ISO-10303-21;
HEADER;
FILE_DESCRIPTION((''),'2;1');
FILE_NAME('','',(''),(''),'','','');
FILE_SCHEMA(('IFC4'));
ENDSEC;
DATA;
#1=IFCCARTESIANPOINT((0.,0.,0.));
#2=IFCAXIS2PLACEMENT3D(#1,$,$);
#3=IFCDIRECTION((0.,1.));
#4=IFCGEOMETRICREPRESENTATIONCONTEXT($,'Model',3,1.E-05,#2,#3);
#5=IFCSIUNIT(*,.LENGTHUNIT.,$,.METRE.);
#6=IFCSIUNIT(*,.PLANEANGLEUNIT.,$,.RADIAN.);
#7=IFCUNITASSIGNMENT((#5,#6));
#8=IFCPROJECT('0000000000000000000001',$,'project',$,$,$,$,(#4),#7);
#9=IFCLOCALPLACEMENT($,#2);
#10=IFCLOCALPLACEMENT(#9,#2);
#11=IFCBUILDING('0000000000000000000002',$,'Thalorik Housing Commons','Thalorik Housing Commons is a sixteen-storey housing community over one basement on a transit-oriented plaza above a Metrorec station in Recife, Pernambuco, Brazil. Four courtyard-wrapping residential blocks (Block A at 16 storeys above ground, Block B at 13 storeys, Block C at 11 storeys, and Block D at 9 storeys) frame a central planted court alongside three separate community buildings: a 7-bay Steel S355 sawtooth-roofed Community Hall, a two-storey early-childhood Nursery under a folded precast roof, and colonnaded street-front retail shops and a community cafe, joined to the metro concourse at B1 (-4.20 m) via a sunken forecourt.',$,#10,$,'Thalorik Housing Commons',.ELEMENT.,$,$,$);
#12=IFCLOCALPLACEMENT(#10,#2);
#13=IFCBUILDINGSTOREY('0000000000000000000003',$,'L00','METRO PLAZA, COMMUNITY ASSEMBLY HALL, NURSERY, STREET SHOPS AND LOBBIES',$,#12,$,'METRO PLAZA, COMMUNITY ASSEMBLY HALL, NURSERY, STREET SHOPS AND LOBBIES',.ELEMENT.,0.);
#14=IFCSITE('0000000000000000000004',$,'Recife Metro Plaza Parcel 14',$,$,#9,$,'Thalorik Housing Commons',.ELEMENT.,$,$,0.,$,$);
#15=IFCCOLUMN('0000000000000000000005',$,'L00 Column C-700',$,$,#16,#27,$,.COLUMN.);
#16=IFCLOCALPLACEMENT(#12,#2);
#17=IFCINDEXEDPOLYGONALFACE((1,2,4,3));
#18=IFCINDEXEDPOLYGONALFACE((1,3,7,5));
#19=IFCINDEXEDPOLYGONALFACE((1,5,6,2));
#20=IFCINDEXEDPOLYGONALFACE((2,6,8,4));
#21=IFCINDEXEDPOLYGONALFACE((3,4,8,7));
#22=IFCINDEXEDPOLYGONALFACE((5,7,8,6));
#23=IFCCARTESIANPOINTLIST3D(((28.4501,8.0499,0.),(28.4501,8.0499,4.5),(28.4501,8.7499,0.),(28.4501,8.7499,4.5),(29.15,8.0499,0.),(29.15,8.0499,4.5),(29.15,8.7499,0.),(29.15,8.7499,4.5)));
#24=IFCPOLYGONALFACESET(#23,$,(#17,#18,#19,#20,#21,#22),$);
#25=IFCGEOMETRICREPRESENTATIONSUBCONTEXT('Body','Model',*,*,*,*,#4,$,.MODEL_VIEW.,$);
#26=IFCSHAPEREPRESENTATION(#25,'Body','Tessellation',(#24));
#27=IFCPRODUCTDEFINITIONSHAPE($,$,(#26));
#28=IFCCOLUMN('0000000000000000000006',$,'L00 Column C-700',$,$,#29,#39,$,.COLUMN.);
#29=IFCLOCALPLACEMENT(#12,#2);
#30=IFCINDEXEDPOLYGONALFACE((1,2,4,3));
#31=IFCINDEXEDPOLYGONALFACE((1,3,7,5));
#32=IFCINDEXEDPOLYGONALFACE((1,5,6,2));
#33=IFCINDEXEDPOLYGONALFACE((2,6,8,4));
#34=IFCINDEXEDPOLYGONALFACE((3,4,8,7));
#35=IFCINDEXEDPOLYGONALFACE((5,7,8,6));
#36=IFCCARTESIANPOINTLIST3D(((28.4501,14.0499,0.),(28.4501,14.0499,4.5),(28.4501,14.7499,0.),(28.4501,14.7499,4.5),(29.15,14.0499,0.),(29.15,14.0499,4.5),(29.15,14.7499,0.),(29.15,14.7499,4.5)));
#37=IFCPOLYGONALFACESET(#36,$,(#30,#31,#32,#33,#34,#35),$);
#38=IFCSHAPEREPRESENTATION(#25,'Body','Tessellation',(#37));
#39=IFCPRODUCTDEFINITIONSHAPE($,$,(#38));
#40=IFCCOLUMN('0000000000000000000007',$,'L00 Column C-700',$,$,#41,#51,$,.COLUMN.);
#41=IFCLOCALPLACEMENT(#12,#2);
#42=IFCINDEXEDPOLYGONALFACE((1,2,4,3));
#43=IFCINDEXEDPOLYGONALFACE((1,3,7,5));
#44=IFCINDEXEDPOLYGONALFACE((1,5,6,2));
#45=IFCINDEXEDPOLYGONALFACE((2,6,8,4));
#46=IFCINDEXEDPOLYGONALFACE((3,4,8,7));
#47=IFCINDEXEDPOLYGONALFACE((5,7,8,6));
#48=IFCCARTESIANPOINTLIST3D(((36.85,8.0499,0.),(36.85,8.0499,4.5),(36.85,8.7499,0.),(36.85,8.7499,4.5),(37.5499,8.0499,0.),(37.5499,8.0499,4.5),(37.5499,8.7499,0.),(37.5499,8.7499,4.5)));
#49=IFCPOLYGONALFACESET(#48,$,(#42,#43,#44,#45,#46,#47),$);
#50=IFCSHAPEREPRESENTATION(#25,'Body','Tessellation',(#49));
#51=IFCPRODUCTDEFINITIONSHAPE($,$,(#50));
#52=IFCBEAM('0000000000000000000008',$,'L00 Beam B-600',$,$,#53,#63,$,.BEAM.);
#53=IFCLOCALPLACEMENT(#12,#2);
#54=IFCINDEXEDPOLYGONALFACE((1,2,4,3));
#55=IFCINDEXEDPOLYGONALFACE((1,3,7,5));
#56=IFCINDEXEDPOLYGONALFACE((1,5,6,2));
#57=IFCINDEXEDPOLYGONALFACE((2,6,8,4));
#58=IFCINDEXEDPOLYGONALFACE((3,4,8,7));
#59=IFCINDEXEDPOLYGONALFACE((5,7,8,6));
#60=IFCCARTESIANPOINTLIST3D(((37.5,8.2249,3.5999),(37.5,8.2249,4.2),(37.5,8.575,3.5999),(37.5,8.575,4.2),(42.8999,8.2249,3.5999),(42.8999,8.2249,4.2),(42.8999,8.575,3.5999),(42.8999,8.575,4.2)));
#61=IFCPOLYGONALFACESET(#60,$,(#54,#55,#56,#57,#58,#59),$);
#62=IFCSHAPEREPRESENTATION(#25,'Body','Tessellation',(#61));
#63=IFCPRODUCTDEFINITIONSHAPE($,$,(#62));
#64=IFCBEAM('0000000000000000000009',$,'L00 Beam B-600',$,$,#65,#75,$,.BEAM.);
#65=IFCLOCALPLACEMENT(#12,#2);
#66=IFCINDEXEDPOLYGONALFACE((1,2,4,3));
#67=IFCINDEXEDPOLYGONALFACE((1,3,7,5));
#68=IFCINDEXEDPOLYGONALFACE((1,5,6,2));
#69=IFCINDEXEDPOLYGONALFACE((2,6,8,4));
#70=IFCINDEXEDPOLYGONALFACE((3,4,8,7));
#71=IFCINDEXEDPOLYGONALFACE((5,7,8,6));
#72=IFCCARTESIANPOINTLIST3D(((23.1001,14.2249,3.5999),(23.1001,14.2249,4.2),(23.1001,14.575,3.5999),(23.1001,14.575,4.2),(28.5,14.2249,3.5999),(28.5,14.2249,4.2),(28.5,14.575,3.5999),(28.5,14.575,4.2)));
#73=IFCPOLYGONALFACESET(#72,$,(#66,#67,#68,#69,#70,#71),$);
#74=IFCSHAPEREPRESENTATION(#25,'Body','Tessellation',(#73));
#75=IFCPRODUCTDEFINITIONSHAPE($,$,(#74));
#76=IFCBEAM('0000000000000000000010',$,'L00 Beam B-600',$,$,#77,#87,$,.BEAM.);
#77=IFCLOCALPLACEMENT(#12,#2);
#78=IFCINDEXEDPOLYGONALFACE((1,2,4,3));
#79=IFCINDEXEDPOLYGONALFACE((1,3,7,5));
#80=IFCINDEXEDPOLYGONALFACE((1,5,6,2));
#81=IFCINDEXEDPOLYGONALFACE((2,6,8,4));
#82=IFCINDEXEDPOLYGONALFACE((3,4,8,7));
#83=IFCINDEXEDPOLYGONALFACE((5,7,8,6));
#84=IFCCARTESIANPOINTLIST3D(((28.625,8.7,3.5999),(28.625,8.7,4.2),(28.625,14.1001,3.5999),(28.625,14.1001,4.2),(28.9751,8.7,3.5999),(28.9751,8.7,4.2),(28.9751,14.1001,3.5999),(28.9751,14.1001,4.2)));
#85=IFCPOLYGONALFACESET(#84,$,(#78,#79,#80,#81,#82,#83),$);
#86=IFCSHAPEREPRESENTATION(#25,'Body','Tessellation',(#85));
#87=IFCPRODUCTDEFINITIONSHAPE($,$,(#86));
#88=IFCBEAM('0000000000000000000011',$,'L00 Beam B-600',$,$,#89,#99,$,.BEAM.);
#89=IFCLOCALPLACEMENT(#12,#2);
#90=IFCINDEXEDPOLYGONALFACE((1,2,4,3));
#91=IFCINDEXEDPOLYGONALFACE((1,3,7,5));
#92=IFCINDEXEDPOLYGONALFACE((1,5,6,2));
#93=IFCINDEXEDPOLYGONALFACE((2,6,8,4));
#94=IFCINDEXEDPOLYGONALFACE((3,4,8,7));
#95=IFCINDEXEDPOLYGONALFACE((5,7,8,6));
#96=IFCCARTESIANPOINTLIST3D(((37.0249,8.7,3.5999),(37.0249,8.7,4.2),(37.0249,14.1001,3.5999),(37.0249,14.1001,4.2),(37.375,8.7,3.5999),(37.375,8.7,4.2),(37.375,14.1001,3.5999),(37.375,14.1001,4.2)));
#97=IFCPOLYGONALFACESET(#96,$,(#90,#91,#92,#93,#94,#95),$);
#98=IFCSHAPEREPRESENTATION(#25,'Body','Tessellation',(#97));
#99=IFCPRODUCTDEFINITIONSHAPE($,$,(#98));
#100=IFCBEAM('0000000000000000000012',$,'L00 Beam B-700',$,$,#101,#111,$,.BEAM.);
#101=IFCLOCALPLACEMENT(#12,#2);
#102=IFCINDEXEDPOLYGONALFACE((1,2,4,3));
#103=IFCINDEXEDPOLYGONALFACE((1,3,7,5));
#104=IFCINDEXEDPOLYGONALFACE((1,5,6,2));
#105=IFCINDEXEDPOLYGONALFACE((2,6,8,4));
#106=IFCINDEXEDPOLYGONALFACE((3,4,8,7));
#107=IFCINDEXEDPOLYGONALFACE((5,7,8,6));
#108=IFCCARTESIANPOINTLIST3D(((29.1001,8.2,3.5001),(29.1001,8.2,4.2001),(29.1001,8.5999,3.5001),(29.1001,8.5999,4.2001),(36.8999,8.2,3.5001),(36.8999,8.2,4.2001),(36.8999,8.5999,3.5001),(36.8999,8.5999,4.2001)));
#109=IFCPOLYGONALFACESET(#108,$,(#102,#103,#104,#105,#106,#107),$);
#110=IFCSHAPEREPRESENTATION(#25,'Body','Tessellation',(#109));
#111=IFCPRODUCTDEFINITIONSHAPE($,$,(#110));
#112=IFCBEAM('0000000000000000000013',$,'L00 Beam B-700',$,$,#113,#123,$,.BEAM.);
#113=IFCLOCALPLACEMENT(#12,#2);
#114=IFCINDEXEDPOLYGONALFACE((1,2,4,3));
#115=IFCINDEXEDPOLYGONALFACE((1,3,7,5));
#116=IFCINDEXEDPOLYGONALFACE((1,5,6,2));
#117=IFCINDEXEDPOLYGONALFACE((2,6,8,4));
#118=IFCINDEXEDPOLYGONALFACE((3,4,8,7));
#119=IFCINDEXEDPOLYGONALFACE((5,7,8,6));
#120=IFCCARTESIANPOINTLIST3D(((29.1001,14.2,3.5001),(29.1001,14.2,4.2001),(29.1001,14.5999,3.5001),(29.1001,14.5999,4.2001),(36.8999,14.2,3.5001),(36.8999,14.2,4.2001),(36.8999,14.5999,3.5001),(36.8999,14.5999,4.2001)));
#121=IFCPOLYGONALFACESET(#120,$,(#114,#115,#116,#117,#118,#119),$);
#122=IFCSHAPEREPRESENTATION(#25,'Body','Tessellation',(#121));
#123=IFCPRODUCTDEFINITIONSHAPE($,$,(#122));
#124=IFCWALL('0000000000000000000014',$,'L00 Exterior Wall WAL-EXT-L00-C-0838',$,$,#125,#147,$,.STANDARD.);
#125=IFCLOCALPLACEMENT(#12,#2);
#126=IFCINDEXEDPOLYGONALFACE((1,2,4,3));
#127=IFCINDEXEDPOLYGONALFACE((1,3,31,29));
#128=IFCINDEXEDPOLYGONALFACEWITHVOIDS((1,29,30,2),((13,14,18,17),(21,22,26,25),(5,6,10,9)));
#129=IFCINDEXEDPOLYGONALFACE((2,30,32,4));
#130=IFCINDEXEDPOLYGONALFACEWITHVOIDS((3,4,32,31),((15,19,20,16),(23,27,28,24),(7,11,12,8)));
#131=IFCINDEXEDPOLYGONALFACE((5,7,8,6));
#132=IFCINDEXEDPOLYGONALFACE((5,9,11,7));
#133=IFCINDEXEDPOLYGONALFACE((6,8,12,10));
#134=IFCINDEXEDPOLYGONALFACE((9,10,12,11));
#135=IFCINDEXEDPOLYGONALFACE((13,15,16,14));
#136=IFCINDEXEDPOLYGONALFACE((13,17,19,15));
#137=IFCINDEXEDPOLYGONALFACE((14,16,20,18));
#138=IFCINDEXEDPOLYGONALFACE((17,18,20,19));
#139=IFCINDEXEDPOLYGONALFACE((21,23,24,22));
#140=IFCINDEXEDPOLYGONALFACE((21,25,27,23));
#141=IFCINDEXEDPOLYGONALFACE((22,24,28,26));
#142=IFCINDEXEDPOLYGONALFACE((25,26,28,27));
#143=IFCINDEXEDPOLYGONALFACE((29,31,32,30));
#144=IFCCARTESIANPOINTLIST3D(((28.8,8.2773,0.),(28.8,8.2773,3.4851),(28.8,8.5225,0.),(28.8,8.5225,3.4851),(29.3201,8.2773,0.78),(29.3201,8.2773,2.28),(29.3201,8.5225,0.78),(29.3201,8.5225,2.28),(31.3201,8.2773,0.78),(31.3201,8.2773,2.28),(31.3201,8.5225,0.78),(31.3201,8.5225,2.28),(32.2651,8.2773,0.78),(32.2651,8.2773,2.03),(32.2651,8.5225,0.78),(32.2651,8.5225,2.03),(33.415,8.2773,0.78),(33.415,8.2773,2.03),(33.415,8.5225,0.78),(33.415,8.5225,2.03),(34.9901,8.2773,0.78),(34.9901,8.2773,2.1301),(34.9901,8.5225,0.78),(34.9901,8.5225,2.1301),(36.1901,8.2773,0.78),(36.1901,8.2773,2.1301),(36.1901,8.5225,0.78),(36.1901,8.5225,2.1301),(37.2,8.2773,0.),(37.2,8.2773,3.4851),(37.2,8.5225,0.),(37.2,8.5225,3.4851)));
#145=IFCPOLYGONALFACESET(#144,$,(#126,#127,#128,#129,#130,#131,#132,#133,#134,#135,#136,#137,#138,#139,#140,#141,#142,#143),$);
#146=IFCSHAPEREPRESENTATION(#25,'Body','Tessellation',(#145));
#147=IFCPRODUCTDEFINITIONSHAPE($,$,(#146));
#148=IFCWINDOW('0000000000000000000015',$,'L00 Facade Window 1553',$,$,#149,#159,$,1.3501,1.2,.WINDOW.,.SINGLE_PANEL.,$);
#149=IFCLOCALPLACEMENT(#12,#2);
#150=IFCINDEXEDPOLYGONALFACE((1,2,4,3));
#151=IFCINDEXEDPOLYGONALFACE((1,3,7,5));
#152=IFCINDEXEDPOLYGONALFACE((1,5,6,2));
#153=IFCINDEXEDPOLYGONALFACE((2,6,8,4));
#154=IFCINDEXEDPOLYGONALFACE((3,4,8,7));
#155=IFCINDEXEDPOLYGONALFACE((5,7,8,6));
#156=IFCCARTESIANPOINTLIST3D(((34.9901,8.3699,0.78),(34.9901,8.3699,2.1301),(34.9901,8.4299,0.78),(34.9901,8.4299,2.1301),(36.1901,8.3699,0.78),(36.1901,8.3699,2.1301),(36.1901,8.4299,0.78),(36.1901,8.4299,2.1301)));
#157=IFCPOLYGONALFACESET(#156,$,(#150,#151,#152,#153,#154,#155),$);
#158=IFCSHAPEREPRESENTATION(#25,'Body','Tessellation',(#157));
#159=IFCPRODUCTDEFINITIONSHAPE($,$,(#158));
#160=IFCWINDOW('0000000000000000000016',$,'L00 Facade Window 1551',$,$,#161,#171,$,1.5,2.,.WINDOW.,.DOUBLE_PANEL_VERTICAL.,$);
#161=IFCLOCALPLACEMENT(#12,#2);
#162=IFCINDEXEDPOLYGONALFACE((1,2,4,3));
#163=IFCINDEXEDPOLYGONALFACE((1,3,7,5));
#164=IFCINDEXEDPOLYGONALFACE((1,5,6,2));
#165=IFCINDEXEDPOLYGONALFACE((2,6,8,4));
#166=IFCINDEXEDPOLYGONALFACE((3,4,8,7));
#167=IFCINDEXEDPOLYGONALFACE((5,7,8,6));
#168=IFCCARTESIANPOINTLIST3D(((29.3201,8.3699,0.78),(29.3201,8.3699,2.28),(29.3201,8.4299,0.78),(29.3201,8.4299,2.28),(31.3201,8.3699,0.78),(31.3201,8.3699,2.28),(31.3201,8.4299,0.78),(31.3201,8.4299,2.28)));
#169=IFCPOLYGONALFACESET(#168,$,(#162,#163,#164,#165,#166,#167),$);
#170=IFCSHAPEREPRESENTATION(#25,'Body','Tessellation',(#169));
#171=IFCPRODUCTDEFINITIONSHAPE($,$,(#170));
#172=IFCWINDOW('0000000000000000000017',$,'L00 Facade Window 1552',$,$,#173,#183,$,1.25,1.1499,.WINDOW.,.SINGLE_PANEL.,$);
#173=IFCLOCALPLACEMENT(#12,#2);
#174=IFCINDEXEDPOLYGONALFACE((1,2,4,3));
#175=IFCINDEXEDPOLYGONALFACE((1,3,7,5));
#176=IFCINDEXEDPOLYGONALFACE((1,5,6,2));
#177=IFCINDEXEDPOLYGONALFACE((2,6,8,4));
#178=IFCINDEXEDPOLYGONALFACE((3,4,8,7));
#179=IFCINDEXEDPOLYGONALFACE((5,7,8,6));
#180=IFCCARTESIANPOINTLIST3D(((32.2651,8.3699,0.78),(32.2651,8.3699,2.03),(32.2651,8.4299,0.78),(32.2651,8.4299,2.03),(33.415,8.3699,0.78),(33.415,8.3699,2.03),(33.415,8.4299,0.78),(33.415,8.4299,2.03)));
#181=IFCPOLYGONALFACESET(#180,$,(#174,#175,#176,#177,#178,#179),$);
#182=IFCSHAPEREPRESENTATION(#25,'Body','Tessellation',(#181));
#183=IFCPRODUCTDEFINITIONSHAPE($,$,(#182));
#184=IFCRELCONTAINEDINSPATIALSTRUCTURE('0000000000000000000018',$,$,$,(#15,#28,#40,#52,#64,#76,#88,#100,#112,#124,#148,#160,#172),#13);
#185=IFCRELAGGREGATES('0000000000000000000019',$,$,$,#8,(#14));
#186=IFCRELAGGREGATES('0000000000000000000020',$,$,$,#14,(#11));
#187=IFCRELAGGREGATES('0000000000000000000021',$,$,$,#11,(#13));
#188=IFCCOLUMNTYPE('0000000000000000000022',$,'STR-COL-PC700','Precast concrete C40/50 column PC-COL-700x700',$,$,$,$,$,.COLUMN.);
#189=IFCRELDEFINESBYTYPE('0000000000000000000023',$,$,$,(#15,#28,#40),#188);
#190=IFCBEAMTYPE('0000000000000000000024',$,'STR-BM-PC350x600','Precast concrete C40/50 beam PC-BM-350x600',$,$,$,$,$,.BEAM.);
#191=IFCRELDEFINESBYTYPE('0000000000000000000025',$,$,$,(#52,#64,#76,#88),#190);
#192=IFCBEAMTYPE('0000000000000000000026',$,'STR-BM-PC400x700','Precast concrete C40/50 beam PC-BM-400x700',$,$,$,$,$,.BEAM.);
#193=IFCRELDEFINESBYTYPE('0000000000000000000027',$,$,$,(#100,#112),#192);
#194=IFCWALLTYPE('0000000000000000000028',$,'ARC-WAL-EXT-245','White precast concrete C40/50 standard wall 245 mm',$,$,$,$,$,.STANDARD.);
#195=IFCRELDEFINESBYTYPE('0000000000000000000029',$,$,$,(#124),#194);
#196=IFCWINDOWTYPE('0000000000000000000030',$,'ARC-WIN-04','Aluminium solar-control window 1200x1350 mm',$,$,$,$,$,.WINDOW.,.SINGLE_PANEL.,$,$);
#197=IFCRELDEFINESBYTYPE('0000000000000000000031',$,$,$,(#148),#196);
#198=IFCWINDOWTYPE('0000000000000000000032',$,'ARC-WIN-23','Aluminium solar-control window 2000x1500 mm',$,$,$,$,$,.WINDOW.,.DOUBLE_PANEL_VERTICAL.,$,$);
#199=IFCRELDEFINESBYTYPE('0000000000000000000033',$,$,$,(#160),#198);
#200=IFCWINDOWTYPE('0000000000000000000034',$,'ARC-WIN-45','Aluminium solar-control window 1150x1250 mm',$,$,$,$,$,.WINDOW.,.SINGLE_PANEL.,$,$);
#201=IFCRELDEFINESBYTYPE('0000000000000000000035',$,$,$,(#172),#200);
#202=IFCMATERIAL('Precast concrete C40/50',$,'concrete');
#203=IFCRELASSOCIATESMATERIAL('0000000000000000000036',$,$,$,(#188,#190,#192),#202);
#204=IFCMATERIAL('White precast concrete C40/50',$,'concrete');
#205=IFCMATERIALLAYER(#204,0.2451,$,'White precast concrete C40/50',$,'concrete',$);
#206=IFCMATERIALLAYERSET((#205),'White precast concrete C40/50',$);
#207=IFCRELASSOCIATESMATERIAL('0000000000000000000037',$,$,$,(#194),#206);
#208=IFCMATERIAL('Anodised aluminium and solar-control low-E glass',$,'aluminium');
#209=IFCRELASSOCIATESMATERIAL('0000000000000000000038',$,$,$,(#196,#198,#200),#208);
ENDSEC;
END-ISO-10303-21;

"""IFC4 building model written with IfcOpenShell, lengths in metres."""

from ifc_helpers import new_model, si_unit, direction, frame, frame_2d, origin, origin_2d, place, context, subcontext, project, spatial, rectangle, extrude, material, layer, layer_set, material_profile, profile_set, type_object, element, fill, save


model = new_model("IFC4")

# Units and contexts
model_context = context("Model", 3, precision=1e-05, world=origin(), true_north=direction((0.0, 1.0)))
body_context = subcontext(model_context, "Body", "Model", "MODEL_VIEW")
ifc_project = project(units=[si_unit("LENGTHUNIT", "METRE"), si_unit("PLANEANGLEUNIT", "RADIAN")], contexts=[model_context])

# Site, building, storey
site_placement = place(None, origin())
site = spatial("IfcSite", under=ifc_project, at=site_placement, Name="Recife Metro Plaza Parcel 14", LongName="Thalorik Housing Commons", CompositionType="ELEMENT", RefElevation=0.0)
building_placement = place(site_placement, origin())
building = spatial("IfcBuilding", under=site, at=building_placement, Name="Thalorik Housing Commons", Description="Thalorik Housing Commons is a sixteen-storey housing community over one basement on a transit-oriented plaza above a Metrorec station in Recife, Pernambuco, Brazil. Four courtyard-wrapping residential blocks (Block A at 16 storeys above ground, Block B at 13 storeys, Block C at 11 storeys, and Block D at 9 storeys) frame a central planted court alongside three separate community buildings: a 7-bay Steel S355 sawtooth-roofed Community Hall, a two-storey early-childhood Nursery under a folded precast roof, and colonnaded street-front retail shops and a community cafe, joined to the metro concourse at B1 (-4.20 m) via a sunken forecourt.", LongName="Thalorik Housing Commons", CompositionType="ELEMENT")
storey_placement = place(building_placement, origin())
storey = spatial("IfcBuildingStorey", under=building, at=storey_placement, Name="L00", Description="METRO PLAZA, COMMUNITY ASSEMBLY HALL, NURSERY, STREET SHOPS AND LOBBIES", LongName="METRO PLAZA, COMMUNITY ASSEMBLY HALL, NURSERY, STREET SHOPS AND LOBBIES", CompositionType="ELEMENT", Elevation=0.0)

# Columns
ifc_material_1 = material(Name="Precast concrete C40/50", Category="concrete")
ifc_material_profile_1 = material_profile(ifc_material_1, rectangle(XDim=0.7, YDim=0.7, at=origin_2d()), Name="PC 700x700", Category="concrete")
ifc_profile_set_1 = profile_set([ifc_material_profile_1], Name="Precast concrete C40/50")
column_type = type_object("IfcColumnType", Name="STR-COL-PC700", Description="Precast concrete C40/50 column PC-COL-700x700", PredefinedType="COLUMN", material=ifc_profile_set_1)
for number, where, z_axis, x_axis, name in (
    (1, (28.8, 8.3999, 0.0), (0.0, 0.0, 1.0), (1.0, 0.0, 0.0), "L00 Column C-700"),
    (2, (28.8, 14.3999, 0.0), (0.0, 0.0, 1.0), (1.0, 0.0, 0.0), "L00 Column C-700"),
    (3, (37.2, 8.3999, 0.0), (0.0, 0.0, 1.0), (1.0, 0.0, 0.0), "L00 Column C-700"),
):
    element("IfcColumn", number, at=place(storey_placement, frame(where, z_axis=z_axis, x_axis=x_axis)), inside=storey, type_object=column_type, Name=name, PredefinedType="COLUMN", context=body_context, shape_type="SweptSolid", body=[
        extrude(rectangle(XDim=0.7, YDim=0.7, at=origin_2d()), origin(), (0.0, 0.0, 1.0), 4.5),
    ])

# Beams
ifc_material_profile_2 = material_profile(ifc_material_1, rectangle(XDim=0.3501, YDim=0.6001, at=origin_2d()), Name="PC 350x600", Category="concrete")
ifc_profile_set_2 = profile_set([ifc_material_profile_2], Name="Precast concrete C40/50")
beam_type_1 = type_object("IfcBeamType", Name="STR-BM-PC350x600", Description="Precast concrete C40/50 beam PC-BM-350x600", PredefinedType="BEAM", material=ifc_profile_set_2)
for number, where, z_axis, x_axis, name in (
    (4, (37.5, 8.3999, 3.8999), (1.0, 0.0, 0.0), (0.0, 1.0, 0.0), "L00 Beam B-600"),
    (5, (23.1001, 14.3999, 3.8999), (1.0, 0.0, 0.0), (0.0, 1.0, 0.0), "L00 Beam B-600"),
):
    element("IfcBeam", number, at=place(storey_placement, frame(where, z_axis=z_axis, x_axis=x_axis)), inside=storey, type_object=beam_type_1, Name=name, PredefinedType="BEAM", context=body_context, shape_type="SweptSolid", body=[
        extrude(rectangle(XDim=0.3501, YDim=0.6001, at=origin_2d()), origin(), (0.0, 0.0, 1.0), 5.3999),
    ])
for number, where, z_axis, x_axis, name in (
    (6, (28.8, 8.7, 3.8999), (0.0, 1.0, 0.0), (-1.0, 0.0, 0.0), "L00 Beam B-600"),
    (7, (37.2, 8.7, 3.8999), (0.0, 1.0, 0.0), (-1.0, 0.0, 0.0), "L00 Beam B-600"),
):
    element("IfcBeam", number, at=place(storey_placement, frame(where, z_axis=z_axis, x_axis=x_axis)), inside=storey, type_object=beam_type_1, Name=name, PredefinedType="BEAM", context=body_context, shape_type="SweptSolid", body=[
        extrude(rectangle(XDim=0.3501, YDim=0.6001, at=origin_2d()), origin(), (0.0, 0.0, 1.0), 5.4001),
    ])
ifc_material_profile_3 = material_profile(ifc_material_1, rectangle(XDim=0.3999, YDim=0.7, at=origin_2d()), Name="PC 400x700", Category="concrete")
ifc_profile_set_3 = profile_set([ifc_material_profile_3], Name="Precast concrete C40/50")
beam_type_2 = type_object("IfcBeamType", Name="STR-BM-PC400x700", Description="Precast concrete C40/50 beam PC-BM-400x700", PredefinedType="BEAM", material=ifc_profile_set_3)
for number, where, z_axis, x_axis, name in (
    (8, (29.1001, 8.3999, 3.8501), (1.0, 0.0, 0.0), (0.0, 1.0, 0.0), "L00 Beam B-700"),
    (9, (29.1001, 14.3999, 3.8501), (1.0, 0.0, 0.0), (0.0, 1.0, 0.0), "L00 Beam B-700"),
):
    element("IfcBeam", number, at=place(storey_placement, frame(where, z_axis=z_axis, x_axis=x_axis)), inside=storey, type_object=beam_type_2, Name=name, PredefinedType="BEAM", context=body_context, shape_type="SweptSolid", body=[
        extrude(rectangle(XDim=0.3999, YDim=0.7, at=origin_2d()), origin(), (0.0, 0.0, 1.0), 7.7998),
    ])

# Wall, openings, windows
ifc_material_2 = material(Name="White precast concrete C40/50", Category="concrete")
ifc_layer_1 = layer(ifc_material_2, 0.2451, Name="White precast concrete C40/50", Category="concrete")
ifc_layer_set_1 = layer_set([ifc_layer_1], Name="White precast concrete C40/50")
wall_type_1 = type_object("IfcWallType", Name="ARC-WAL-EXT-245", Description="White precast concrete C40/50 standard wall 245 mm", PredefinedType="STANDARD", material=ifc_layer_set_1)
wall_1_placement = place(storey_placement, frame((28.8, 8.3999, 0.0), z_axis=(0.0, 0.0, 1.0), x_axis=(1.0, 0.0, 0.0)))
wall_1 = element("IfcWall", 10, at=wall_1_placement, inside=storey, type_object=wall_type_1, Name="L00 Exterior Wall WAL-EXT-L00-C-0838", PredefinedType="STANDARD", context=body_context, shape_type="SweptSolid", body=[
    extrude(rectangle(XDim=8.3999, YDim=0.2451, at=frame_2d((4.2, 0.0))), origin(), (0.0, 0.0, 1.0), 3.4851),
])
opening_1_placement = place(wall_1_placement, frame((0.52, 0.0, 0.78)))
opening_1 = element("IfcOpeningElement", 11, at=opening_1_placement, cuts=wall_1, PredefinedType="OPENING", context=body_context, shape_type="SweptSolid", body=[
    extrude(rectangle(XDim=2.0, YDim=1.5, at=frame_2d((1.0, 0.75))), frame((0.0, 0.1326, 0.0), z_axis=(0.0, -1.0, 0.0), x_axis=(1.0, 0.0, 0.0)), (0.0, 0.0, 1.0), 0.2651),
])
opening_2_placement = place(wall_1_placement, frame((3.4651, 0.0, 0.78)))
opening_2 = element("IfcOpeningElement", 12, at=opening_2_placement, cuts=wall_1, PredefinedType="OPENING", context=body_context, shape_type="SweptSolid", body=[
    extrude(rectangle(XDim=1.1499, YDim=1.25, at=frame_2d((0.575, 0.625))), frame((0.0, 0.1326, 0.0), z_axis=(0.0, -1.0, 0.0), x_axis=(1.0, 0.0, 0.0)), (0.0, 0.0, 1.0), 0.2651),
])
opening_3_placement = place(wall_1_placement, frame((6.1899, 0.0, 0.78)))
opening_3 = element("IfcOpeningElement", 13, at=opening_3_placement, cuts=wall_1, PredefinedType="OPENING", context=body_context, shape_type="SweptSolid", body=[
    extrude(rectangle(XDim=1.2, YDim=1.3501, at=frame_2d((0.6001, 0.675))), frame((0.0, 0.1326, 0.0), z_axis=(0.0, -1.0, 0.0), x_axis=(1.0, 0.0, 0.0)), (0.0, 0.0, 1.0), 0.2651),
])
ifc_material_3 = material(Name="Anodised aluminium and solar-control low-E glass", Category="aluminium")
window_type_1 = type_object("IfcWindowType", Name="ARC-WIN-04", Description="Aluminium solar-control window 1200x1350 mm", PartitioningType="SINGLE_PANEL", PredefinedType="WINDOW", material=ifc_material_3)
window_1_placement = place(opening_3_placement, origin())
window_1 = element("IfcWindow", 14, at=window_1_placement, inside=storey, type_object=window_type_1, Name="L00 Facade Window 1553", OverallHeight=1.3501, OverallWidth=1.2, PartitioningType="SINGLE_PANEL", PredefinedType="WINDOW", context=body_context, shape_type="SweptSolid", body=[
    extrude(rectangle(XDim=1.2, YDim=1.3501, at=frame_2d((0.6001, 0.675))), frame((0.0, 0.03, 0.0), z_axis=(0.0, -1.0, 0.0), x_axis=(1.0, 0.0, 0.0)), (0.0, 0.0, 1.0), 0.0601),
])
fill(opening_3, window_1)
window_type_2 = type_object("IfcWindowType", Name="ARC-WIN-23", Description="Aluminium solar-control window 2000x1500 mm", PartitioningType="DOUBLE_PANEL_VERTICAL", PredefinedType="WINDOW", material=ifc_material_3)
window_2_placement = place(opening_1_placement, origin())
window_2 = element("IfcWindow", 15, at=window_2_placement, inside=storey, type_object=window_type_2, Name="L00 Facade Window 1551", OverallHeight=1.5, OverallWidth=2.0, PartitioningType="DOUBLE_PANEL_VERTICAL", PredefinedType="WINDOW", context=body_context, shape_type="SweptSolid", body=[
    extrude(rectangle(XDim=2.0, YDim=1.5, at=frame_2d((1.0, 0.75))), frame((0.0, 0.03, 0.0), z_axis=(0.0, -1.0, 0.0), x_axis=(1.0, 0.0, 0.0)), (0.0, 0.0, 1.0), 0.0601),
])
fill(opening_1, window_2)
window_type_3 = type_object("IfcWindowType", Name="ARC-WIN-45", Description="Aluminium solar-control window 1150x1250 mm", PartitioningType="SINGLE_PANEL", PredefinedType="WINDOW", material=ifc_material_3)
window_3_placement = place(opening_2_placement, origin())
window_3 = element("IfcWindow", 16, at=window_3_placement, inside=storey, type_object=window_type_3, Name="L00 Facade Window 1552", OverallHeight=1.25, OverallWidth=1.1499, PartitioningType="SINGLE_PANEL", PredefinedType="WINDOW", context=body_context, shape_type="SweptSolid", body=[
    extrude(rectangle(XDim=1.1499, YDim=1.25, at=frame_2d((0.575, 0.625))), frame((0.0, 0.03, 0.0), z_axis=(0.0, -1.0, 0.0), x_axis=(1.0, 0.0, 0.0)), (0.0, 0.0, 1.0), 0.0601),
])
fill(opening_2, window_3)

save(model, "model.ifc")
